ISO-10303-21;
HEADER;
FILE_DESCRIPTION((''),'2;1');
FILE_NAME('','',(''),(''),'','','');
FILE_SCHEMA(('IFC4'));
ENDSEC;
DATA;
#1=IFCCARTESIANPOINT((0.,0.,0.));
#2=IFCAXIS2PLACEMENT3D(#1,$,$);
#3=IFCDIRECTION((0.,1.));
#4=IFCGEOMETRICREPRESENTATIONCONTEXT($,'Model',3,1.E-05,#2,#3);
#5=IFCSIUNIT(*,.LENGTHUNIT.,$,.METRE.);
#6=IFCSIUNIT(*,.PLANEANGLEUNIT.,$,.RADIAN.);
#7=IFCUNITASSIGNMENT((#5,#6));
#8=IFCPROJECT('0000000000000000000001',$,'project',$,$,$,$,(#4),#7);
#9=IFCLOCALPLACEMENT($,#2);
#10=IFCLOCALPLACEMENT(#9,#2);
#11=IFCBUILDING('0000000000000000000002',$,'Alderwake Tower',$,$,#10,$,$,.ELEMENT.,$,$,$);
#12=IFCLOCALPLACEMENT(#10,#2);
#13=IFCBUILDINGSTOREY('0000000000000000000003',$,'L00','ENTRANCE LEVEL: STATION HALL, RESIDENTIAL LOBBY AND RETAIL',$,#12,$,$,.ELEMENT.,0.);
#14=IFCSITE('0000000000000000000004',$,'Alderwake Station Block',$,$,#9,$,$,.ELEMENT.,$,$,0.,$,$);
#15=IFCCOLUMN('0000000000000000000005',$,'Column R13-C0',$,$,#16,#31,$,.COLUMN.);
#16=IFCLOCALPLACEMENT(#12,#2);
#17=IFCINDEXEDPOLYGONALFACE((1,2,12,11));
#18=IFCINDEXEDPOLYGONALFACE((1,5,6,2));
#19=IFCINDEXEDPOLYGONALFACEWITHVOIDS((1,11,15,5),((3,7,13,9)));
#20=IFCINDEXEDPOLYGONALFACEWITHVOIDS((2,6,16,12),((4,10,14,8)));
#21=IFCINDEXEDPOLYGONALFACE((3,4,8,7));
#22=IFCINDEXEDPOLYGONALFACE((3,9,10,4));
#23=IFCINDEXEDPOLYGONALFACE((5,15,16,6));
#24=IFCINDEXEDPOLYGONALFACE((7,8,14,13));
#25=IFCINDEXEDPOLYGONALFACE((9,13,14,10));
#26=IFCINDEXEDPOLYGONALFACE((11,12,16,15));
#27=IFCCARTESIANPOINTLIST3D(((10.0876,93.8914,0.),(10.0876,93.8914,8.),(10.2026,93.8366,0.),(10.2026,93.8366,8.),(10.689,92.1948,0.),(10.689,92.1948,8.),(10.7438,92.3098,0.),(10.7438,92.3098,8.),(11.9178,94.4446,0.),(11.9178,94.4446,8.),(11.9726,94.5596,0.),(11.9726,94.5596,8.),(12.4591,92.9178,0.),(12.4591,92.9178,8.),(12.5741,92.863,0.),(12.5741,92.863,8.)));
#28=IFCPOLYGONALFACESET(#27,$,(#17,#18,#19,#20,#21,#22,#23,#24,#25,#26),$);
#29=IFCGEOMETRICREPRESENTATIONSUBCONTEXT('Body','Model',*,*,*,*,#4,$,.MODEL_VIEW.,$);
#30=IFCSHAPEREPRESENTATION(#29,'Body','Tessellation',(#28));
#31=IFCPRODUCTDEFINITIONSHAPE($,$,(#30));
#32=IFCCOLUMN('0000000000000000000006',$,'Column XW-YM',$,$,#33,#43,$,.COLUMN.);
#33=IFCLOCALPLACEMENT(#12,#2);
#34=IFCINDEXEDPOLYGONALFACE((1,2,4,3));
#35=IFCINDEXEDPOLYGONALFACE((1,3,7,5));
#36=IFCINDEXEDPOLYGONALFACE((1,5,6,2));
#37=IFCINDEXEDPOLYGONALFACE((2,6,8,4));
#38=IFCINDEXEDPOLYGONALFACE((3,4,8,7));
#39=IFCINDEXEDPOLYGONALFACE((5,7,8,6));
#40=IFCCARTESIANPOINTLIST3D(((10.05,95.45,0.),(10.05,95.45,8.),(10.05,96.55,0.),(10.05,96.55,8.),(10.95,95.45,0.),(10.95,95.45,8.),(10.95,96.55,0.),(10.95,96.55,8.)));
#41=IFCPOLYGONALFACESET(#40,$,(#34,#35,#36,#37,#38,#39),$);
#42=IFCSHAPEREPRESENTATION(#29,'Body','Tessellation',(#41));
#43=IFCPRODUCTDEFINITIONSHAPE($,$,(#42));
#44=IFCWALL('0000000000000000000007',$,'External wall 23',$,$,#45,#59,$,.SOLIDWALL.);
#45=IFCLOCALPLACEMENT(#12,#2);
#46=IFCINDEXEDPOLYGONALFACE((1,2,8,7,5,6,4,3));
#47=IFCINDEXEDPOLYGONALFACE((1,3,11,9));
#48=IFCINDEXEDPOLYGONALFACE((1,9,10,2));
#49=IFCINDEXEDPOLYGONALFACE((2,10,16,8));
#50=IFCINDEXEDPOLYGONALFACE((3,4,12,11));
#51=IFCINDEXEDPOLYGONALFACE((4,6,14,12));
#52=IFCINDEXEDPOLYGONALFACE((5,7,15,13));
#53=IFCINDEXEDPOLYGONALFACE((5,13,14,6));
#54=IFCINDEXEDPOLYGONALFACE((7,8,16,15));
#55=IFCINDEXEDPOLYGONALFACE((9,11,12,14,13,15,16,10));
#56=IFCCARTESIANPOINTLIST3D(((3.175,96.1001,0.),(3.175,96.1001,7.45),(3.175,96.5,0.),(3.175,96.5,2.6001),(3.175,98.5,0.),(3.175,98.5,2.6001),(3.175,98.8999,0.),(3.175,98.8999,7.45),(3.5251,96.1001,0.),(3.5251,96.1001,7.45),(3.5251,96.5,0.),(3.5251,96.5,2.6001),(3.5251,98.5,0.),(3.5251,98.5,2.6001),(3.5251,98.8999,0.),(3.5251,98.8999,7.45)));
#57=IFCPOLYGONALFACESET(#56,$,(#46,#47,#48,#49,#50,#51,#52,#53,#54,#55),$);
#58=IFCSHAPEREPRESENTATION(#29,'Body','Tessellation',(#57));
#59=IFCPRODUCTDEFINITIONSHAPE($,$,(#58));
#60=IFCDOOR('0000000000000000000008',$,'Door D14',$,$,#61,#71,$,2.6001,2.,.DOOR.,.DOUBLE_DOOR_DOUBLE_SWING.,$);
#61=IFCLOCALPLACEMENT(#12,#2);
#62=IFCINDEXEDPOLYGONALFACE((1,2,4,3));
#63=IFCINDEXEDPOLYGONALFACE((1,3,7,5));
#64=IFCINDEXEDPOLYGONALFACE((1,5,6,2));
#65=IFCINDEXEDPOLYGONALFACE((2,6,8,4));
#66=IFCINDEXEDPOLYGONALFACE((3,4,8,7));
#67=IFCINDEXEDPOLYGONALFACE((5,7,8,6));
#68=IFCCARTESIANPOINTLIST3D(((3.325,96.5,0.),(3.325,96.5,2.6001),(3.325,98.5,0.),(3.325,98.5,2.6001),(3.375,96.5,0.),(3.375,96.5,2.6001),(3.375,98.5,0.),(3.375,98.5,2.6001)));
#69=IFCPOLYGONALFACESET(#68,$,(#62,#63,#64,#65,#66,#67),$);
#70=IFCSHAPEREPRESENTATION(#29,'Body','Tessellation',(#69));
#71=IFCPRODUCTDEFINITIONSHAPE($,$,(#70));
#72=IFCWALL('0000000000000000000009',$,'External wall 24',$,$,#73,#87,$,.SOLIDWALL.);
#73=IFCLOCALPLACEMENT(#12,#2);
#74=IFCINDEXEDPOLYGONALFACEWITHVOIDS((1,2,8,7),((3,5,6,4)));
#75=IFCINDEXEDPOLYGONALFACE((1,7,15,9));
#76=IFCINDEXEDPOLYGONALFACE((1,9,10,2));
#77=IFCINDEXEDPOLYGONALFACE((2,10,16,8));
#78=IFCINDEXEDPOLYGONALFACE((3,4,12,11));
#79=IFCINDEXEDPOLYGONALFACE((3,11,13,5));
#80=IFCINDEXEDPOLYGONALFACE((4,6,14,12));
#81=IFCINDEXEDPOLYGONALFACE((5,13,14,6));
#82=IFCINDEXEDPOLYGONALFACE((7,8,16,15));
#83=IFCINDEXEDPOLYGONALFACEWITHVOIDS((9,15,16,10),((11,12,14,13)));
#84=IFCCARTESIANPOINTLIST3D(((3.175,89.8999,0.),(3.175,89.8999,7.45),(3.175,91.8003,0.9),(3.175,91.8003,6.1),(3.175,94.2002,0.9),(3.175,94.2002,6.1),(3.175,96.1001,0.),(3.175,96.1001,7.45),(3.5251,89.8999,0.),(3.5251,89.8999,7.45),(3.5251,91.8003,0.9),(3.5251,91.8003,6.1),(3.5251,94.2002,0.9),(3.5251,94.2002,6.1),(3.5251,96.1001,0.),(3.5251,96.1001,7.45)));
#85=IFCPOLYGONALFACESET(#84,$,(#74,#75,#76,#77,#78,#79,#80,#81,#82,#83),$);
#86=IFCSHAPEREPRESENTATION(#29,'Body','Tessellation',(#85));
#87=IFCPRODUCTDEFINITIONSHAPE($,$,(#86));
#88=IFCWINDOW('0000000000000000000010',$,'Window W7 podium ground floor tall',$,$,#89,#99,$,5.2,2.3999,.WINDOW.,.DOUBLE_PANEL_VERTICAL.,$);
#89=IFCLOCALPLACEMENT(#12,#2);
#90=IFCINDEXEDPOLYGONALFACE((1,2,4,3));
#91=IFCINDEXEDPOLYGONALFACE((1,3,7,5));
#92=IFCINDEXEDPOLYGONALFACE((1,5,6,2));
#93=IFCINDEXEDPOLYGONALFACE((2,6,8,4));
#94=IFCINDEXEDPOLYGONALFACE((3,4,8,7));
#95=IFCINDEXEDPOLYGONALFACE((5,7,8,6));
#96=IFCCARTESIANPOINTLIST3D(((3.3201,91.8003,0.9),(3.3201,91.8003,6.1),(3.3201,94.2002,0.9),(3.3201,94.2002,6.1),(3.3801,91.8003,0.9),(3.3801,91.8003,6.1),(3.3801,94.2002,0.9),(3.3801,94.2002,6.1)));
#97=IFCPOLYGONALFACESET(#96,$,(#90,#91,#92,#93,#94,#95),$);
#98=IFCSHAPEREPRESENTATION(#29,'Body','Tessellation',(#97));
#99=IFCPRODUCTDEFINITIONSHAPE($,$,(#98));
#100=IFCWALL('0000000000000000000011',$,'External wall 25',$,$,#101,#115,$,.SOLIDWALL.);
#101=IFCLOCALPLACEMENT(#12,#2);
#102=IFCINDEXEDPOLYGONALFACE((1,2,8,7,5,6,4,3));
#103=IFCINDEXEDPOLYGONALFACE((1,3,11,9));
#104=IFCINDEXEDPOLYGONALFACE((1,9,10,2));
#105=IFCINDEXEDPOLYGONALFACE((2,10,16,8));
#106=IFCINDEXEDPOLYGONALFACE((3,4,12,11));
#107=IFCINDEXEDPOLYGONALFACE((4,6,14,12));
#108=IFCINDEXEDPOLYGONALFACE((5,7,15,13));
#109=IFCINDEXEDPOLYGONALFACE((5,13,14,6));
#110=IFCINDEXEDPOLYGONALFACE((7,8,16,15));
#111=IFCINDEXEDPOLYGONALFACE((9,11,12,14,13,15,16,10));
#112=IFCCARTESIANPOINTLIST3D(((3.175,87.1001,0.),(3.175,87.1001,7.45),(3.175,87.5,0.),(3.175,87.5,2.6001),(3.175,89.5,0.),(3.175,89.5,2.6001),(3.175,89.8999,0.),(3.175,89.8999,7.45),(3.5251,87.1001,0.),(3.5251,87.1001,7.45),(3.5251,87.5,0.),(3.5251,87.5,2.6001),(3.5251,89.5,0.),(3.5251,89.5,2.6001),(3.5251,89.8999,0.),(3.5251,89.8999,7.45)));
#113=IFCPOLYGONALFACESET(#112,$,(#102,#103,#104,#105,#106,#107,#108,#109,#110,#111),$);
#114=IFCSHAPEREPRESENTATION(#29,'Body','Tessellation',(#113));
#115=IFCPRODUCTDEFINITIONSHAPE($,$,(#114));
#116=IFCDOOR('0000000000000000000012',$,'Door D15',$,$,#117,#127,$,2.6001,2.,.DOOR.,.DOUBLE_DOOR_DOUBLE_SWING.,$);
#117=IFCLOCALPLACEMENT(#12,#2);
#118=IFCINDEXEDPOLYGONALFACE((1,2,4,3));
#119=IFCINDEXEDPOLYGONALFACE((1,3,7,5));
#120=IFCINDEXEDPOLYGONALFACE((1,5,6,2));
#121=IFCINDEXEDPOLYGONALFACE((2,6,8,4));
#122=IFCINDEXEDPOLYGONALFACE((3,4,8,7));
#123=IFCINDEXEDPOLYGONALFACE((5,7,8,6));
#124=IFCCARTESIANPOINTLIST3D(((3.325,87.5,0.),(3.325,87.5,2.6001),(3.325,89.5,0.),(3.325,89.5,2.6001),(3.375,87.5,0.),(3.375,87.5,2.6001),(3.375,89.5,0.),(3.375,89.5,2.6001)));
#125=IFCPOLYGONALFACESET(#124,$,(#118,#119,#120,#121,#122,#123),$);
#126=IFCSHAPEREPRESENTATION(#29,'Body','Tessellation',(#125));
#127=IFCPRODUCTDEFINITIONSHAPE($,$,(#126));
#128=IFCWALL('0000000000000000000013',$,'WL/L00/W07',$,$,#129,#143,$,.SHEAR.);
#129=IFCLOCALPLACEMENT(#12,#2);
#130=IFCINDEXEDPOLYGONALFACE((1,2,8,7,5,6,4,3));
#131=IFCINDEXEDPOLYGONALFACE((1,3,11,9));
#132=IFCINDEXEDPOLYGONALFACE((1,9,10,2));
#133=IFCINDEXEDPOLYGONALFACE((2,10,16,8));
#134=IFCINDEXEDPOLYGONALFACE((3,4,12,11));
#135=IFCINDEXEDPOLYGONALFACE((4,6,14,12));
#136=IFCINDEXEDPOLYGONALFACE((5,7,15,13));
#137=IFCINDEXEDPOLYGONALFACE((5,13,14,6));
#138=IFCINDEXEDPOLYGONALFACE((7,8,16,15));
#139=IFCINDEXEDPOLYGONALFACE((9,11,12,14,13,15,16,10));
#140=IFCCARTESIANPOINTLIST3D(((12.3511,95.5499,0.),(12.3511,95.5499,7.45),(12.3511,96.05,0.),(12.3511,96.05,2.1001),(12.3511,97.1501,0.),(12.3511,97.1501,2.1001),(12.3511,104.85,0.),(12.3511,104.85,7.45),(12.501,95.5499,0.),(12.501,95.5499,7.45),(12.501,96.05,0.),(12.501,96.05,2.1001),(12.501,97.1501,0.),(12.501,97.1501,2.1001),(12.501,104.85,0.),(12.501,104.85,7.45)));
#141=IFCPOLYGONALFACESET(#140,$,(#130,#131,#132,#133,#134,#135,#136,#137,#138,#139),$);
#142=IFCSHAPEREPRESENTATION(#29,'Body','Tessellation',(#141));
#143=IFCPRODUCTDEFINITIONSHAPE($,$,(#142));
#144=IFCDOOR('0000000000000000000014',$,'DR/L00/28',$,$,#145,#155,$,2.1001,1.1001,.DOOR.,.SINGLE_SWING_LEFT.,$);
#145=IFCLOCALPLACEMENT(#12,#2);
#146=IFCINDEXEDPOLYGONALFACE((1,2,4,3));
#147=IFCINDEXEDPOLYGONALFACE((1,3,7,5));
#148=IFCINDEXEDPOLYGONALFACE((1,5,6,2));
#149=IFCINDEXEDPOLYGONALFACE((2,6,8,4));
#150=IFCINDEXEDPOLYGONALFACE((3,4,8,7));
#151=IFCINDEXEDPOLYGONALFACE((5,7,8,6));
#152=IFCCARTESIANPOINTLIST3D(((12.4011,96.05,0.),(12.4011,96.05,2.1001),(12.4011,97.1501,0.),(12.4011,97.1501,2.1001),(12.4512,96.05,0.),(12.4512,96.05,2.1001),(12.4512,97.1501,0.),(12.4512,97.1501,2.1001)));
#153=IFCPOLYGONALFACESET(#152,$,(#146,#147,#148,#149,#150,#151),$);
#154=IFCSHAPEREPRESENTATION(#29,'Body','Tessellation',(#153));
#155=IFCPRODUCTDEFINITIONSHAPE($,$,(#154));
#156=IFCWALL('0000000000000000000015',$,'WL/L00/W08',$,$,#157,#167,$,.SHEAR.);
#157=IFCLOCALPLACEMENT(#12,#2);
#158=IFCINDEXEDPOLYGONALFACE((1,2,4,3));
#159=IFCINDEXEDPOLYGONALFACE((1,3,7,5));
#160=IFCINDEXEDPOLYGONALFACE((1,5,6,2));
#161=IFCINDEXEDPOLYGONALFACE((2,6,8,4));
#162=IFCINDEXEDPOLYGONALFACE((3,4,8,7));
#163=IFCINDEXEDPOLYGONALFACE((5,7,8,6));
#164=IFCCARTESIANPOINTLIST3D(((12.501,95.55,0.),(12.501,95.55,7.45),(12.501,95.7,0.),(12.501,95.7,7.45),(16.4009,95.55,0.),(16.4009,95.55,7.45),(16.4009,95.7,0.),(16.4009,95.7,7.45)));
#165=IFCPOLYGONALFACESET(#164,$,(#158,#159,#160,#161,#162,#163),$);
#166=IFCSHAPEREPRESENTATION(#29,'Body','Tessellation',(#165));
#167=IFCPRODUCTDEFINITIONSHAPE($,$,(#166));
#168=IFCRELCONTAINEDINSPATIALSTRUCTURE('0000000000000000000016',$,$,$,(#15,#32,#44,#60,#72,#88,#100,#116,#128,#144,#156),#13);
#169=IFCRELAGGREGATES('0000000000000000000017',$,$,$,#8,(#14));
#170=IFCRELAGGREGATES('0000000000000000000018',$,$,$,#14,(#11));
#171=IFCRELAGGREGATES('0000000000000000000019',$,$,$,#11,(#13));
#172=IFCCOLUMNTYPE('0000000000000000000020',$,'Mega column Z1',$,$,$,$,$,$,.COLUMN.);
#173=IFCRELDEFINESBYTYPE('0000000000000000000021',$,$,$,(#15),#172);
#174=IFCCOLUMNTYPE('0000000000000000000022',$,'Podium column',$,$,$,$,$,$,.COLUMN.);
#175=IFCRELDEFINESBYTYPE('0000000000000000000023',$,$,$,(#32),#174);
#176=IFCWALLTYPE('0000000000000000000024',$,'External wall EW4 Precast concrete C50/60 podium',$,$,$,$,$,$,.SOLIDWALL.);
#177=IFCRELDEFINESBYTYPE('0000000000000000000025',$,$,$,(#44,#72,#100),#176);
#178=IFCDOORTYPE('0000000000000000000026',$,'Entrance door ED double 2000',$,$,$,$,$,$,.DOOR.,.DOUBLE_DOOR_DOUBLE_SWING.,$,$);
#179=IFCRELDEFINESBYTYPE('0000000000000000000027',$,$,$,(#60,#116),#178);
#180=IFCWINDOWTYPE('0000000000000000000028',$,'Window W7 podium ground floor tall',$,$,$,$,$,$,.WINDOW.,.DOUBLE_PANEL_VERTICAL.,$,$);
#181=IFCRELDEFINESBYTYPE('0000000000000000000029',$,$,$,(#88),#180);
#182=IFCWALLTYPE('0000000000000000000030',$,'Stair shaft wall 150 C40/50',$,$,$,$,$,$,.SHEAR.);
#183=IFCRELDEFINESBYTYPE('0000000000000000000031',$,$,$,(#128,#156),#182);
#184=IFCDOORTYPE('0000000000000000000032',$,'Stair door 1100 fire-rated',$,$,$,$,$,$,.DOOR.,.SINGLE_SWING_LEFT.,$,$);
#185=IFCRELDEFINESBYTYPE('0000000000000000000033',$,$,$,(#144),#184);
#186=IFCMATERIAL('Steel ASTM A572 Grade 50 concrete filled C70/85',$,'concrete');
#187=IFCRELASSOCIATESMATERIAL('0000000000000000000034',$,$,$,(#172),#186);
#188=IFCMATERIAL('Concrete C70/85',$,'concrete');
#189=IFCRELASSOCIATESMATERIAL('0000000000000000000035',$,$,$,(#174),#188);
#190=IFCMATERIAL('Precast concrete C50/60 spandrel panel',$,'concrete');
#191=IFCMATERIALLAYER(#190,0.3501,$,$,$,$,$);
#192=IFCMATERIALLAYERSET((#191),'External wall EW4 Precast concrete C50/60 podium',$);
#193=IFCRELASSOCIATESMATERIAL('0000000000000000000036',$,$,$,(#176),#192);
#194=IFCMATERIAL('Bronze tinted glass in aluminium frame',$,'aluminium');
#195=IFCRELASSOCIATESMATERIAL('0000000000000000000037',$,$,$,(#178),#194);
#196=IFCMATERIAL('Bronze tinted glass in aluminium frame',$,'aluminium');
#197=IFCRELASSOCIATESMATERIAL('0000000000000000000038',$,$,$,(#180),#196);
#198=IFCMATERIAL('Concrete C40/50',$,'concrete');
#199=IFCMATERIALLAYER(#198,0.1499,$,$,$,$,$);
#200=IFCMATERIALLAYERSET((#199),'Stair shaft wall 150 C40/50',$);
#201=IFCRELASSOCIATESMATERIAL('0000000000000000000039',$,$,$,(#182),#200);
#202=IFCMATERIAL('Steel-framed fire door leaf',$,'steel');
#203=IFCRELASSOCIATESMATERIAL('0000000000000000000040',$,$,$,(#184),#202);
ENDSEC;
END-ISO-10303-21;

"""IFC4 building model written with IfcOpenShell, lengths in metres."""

from ifc_helpers import new_model, si_unit, direction, frame, frame_2d, origin, origin_2d, place, context, subcontext, project, spatial, rectangle, hollow_rectangle, extrude, material, layer, layer_set, material_profile, profile_set, type_object, element, fill, save


model = new_model("IFC4")

# Units and contexts
model_context = context("Model", 3, precision=1e-05, world=origin(), true_north=direction((0.0, 1.0)))
body_context = subcontext(model_context, "Body", "Model", "MODEL_VIEW")
ifc_project = project(units=[si_unit("LENGTHUNIT", "METRE"), si_unit("PLANEANGLEUNIT", "RADIAN")], contexts=[model_context])

# Site, building, storey
site_placement = place(None, origin())
site = spatial("IfcSite", under=ifc_project, at=site_placement, Name="Alderwake Station Block", CompositionType="ELEMENT", RefElevation=0.0)
building_placement = place(site_placement, origin())
building = spatial("IfcBuilding", under=site, at=building_placement, Name="Alderwake Tower", CompositionType="ELEMENT")
storey_placement = place(building_placement, origin())
storey = spatial("IfcBuildingStorey", under=building, at=storey_placement, Name="L00", Description="ENTRANCE LEVEL: STATION HALL, RESIDENTIAL LOBBY AND RETAIL", CompositionType="ELEMENT", Elevation=0.0)

# Columns
ifc_material_1 = material(Name="Steel ASTM A572 Grade 50 concrete filled C70/85", Category="concrete")
ifc_material_profile_1 = material_profile(ifc_material_1, hollow_rectangle(XDim=1.8, YDim=2.0, WallThickness=0.0901, at=origin_2d()), Name="BOX 2000X1800X90")
ifc_profile_set_1 = profile_set([ifc_material_profile_1], Name="Steel ASTM A572 Grade 50 concrete filled C70/85")
column_type_1 = type_object("IfcColumnType", Name="Mega column Z1", PredefinedType="COLUMN", material=ifc_profile_set_1)
column_1_placement = place(storey_placement, frame((11.3308, 93.3772, 0.0), z_axis=(0.0, 0.0, 1.0), x_axis=(-0.334131, 0.942527, 0.0)))
element("IfcColumn", 1, at=column_1_placement, inside=storey, type_object=column_type_1, Name="Column R13-C0", PredefinedType="COLUMN", context=body_context, shape_type="SweptSolid", body=[
    extrude(hollow_rectangle(XDim=1.8, YDim=2.0, WallThickness=0.0901, at=origin_2d()), origin(), (0.0, 0.0, 1.0), 8.0),
])
ifc_material_2 = material(Name="Concrete C70/85", Category="concrete")
ifc_material_profile_2 = material_profile(ifc_material_2, rectangle(XDim=0.8999, YDim=1.1001, at=origin_2d()), Name="RC 1100X900")
ifc_profile_set_2 = profile_set([ifc_material_profile_2], Name="Concrete C70/85")
column_type_2 = type_object("IfcColumnType", Name="Podium column", PredefinedType="COLUMN", material=ifc_profile_set_2)
column_2_placement = place(storey_placement, frame((10.5, 96.0, 0.0), z_axis=(0.0, 0.0, 1.0), x_axis=(1.0, 0.0, 0.0)))
element("IfcColumn", 2, at=column_2_placement, inside=storey, type_object=column_type_2, Name="Column XW-YM", PredefinedType="COLUMN", context=body_context, shape_type="SweptSolid", body=[
    extrude(rectangle(XDim=0.8999, YDim=1.1001, at=origin_2d()), origin(), (0.0, 0.0, 1.0), 8.0),
])

# Wall, opening, door
ifc_material_3 = material(Name="Precast concrete C50/60 spandrel panel", Category="concrete")
ifc_layer_1 = layer(ifc_material_3, 0.3501)
ifc_layer_set_1 = layer_set([ifc_layer_1], Name="External wall EW4 Precast concrete C50/60 podium")
wall_type_1 = type_object("IfcWallType", Name="External wall EW4 Precast concrete C50/60 podium", PredefinedType="SOLIDWALL", material=ifc_layer_set_1)
wall_1_placement = place(storey_placement, frame((3.3501, 98.8999, 0.0), z_axis=(0.0, 0.0, 1.0), x_axis=(0.0, -1.0, 0.0)))
wall_1 = element("IfcWall", 3, at=wall_1_placement, inside=storey, type_object=wall_type_1, Name="External wall 23", PredefinedType="SOLIDWALL", context=body_context, shape_type="SweptSolid", body=[
    extrude(rectangle(XDim=2.7998, YDim=0.3501, at=frame_2d((1.3999, 0.0))), origin(), (0.0, 0.0, 1.0), 7.45),
])
opening_1_placement = place(wall_1_placement, frame((0.3999, 0.0, 0.0)))
opening_1 = element("IfcOpeningElement", 4, at=opening_1_placement, cuts=wall_1, PredefinedType="OPENING", context=body_context, shape_type="SweptSolid", body=[
    extrude(rectangle(XDim=2.0, YDim=2.6001, at=frame_2d((1.0, 1.3))), frame((0.0, 0.1851, 0.0), z_axis=(0.0, -1.0, 0.0), x_axis=(1.0, 0.0, 0.0)), (0.0, 0.0, 1.0), 0.3701),
])
ifc_material_4 = material(Name="Bronze tinted glass in aluminium frame", Category="aluminium")
door_type_1 = type_object("IfcDoorType", Name="Entrance door ED double 2000", OperationType="DOUBLE_DOOR_DOUBLE_SWING", PredefinedType="DOOR", material=ifc_material_4)
door_1_placement = place(opening_1_placement, origin())
door_1 = element("IfcDoor", 5, at=door_1_placement, inside=storey, type_object=door_type_1, Name="Door D14", OperationType="DOUBLE_DOOR_DOUBLE_SWING", OverallHeight=2.6001, OverallWidth=2.0, PredefinedType="DOOR", context=body_context, shape_type="SweptSolid", body=[
    extrude(rectangle(XDim=2.0, YDim=2.6001, at=frame_2d((1.0, 1.3))), frame((0.0, 0.0249, 0.0), z_axis=(0.0, -1.0, 0.0), x_axis=(1.0, 0.0, 0.0)), (0.0, 0.0, 1.0), 0.05),
])
fill(opening_1, door_1)

# Wall, opening, window
wall_2_placement = place(storey_placement, frame((3.3501, 96.1001, 0.0), z_axis=(0.0, 0.0, 1.0), x_axis=(0.0, -1.0, 0.0)))
wall_2 = element("IfcWall", 6, at=wall_2_placement, inside=storey, type_object=wall_type_1, Name="External wall 24", PredefinedType="SOLIDWALL", context=body_context, shape_type="SweptSolid", body=[
    extrude(rectangle(XDim=6.2002, YDim=0.3501, at=frame_2d((3.1001, 0.0))), origin(), (0.0, 0.0, 1.0), 7.45),
])
opening_2_placement = place(wall_2_placement, frame((1.8999, 0.0, 0.8999)))
opening_2 = element("IfcOpeningElement", 7, at=opening_2_placement, cuts=wall_2, PredefinedType="OPENING", context=body_context, shape_type="SweptSolid", body=[
    extrude(rectangle(XDim=2.3999, YDim=5.2, at=frame_2d((1.2, 2.6001))), frame((0.0, 0.1851, 0.0), z_axis=(0.0, -1.0, 0.0), x_axis=(1.0, 0.0, 0.0)), (0.0, 0.0, 1.0), 0.3701),
])
ifc_material_5 = material(Name="Bronze tinted glass in aluminium frame", Category="aluminium")
window_type = type_object("IfcWindowType", Name="Window W7 podium ground floor tall", PartitioningType="DOUBLE_PANEL_VERTICAL", PredefinedType="WINDOW", material=ifc_material_5)
window_placement = place(opening_2_placement, origin())
window = element("IfcWindow", 8, at=window_placement, inside=storey, type_object=window_type, Name="Window W7 podium ground floor tall", OverallHeight=5.2, OverallWidth=2.3999, PartitioningType="DOUBLE_PANEL_VERTICAL", PredefinedType="WINDOW", context=body_context, shape_type="SweptSolid", body=[
    extrude(rectangle(XDim=2.3999, YDim=5.2, at=frame_2d((1.2, 2.6001))), frame((0.0, 0.03, 0.0), z_axis=(0.0, -1.0, 0.0), x_axis=(1.0, 0.0, 0.0)), (0.0, 0.0, 1.0), 0.0601),
])
fill(opening_2, window)

# Walls, openings, doors
wall_3_placement = place(storey_placement, frame((3.3501, 89.8999, 0.0), z_axis=(0.0, 0.0, 1.0), x_axis=(0.0, -1.0, 0.0)))
wall_3 = element("IfcWall", 9, at=wall_3_placement, inside=storey, type_object=wall_type_1, Name="External wall 25", PredefinedType="SOLIDWALL", context=body_context, shape_type="SweptSolid", body=[
    extrude(rectangle(XDim=2.7998, YDim=0.3501, at=frame_2d((1.3999, 0.0))), origin(), (0.0, 0.0, 1.0), 7.45),
])
opening_3_placement = place(wall_3_placement, frame((0.3999, 0.0, 0.0)))
opening_3 = element("IfcOpeningElement", 10, at=opening_3_placement, cuts=wall_3, PredefinedType="OPENING", context=body_context, shape_type="SweptSolid", body=[
    extrude(rectangle(XDim=2.0, YDim=2.6001, at=frame_2d((1.0, 1.3))), frame((0.0, 0.1851, 0.0), z_axis=(0.0, -1.0, 0.0), x_axis=(1.0, 0.0, 0.0)), (0.0, 0.0, 1.0), 0.3701),
])
door_2_placement = place(opening_3_placement, origin())
door_2 = element("IfcDoor", 11, at=door_2_placement, inside=storey, type_object=door_type_1, Name="Door D15", OperationType="DOUBLE_DOOR_DOUBLE_SWING", OverallHeight=2.6001, OverallWidth=2.0, PredefinedType="DOOR", context=body_context, shape_type="SweptSolid", body=[
    extrude(rectangle(XDim=2.0, YDim=2.6001, at=frame_2d((1.0, 1.3))), frame((0.0, 0.0249, 0.0), z_axis=(0.0, -1.0, 0.0), x_axis=(1.0, 0.0, 0.0)), (0.0, 0.0, 1.0), 0.05),
])
fill(opening_3, door_2)
ifc_material_6 = material(Name="Concrete C40/50", Category="concrete")
ifc_layer_2 = layer(ifc_material_6, 0.1499)
ifc_layer_set_2 = layer_set([ifc_layer_2], Name="Stair shaft wall 150 C40/50")
wall_type_2 = type_object("IfcWallType", Name="Stair shaft wall 150 C40/50", PredefinedType="SHEAR", material=ifc_layer_set_2)
wall_4_placement = place(storey_placement, frame((12.426, 95.55, 0.0), z_axis=(0.0, 0.0, 1.0), x_axis=(0.0, 1.0, 0.0)))
wall_4 = element("IfcWall", 12, at=wall_4_placement, inside=storey, type_object=wall_type_2, Name="WL/L00/W07", PredefinedType="SHEAR", context=body_context, shape_type="SweptSolid", body=[
    extrude(rectangle(XDim=9.3, YDim=0.1499, at=frame_2d((4.6499, 0.0))), origin(), (0.0, 0.0, 1.0), 7.45),
])
opening_4_placement = place(wall_4_placement, frame((0.5, 0.0, 0.0)))
opening_4 = element("IfcOpeningElement", 13, at=opening_4_placement, cuts=wall_4, PredefinedType="OPENING", context=body_context, shape_type="SweptSolid", body=[
    extrude(rectangle(XDim=1.1001, YDim=2.1001, at=frame_2d((0.55, 1.05))), frame((0.0, 0.085, 0.0), z_axis=(0.0, -1.0, 0.0), x_axis=(1.0, 0.0, 0.0)), (0.0, 0.0, 1.0), 0.1699),
])
ifc_material_7 = material(Name="Steel-framed fire door leaf", Category="steel")
door_type_2 = type_object("IfcDoorType", Name="Stair door 1100 fire-rated", OperationType="SINGLE_SWING_LEFT", PredefinedType="DOOR", material=ifc_material_7)
door_3_placement = place(opening_4_placement, origin())
door_3 = element("IfcDoor", 14, at=door_3_placement, inside=storey, type_object=door_type_2, Name="DR/L00/28", OperationType="SINGLE_SWING_LEFT", OverallHeight=2.1001, OverallWidth=1.1001, PredefinedType="DOOR", context=body_context, shape_type="SweptSolid", body=[
    extrude(rectangle(XDim=1.1001, YDim=2.1001, at=frame_2d((0.55, 1.05))), frame((0.0, 0.0249, 0.0), z_axis=(0.0, -1.0, 0.0), x_axis=(1.0, 0.0, 0.0)), (0.0, 0.0, 1.0), 0.05),
])
fill(opening_4, door_3)

# Wall
wall_5_placement = place(storey_placement, frame((12.501, 95.625, 0.0), z_axis=(0.0, 0.0, 1.0), x_axis=(1.0, 0.0, 0.0)))
element("IfcWall", 15, at=wall_5_placement, inside=storey, type_object=wall_type_2, Name="WL/L00/W08", PredefinedType="SHEAR", context=body_context, shape_type="SweptSolid", body=[
    extrude(rectangle(XDim=3.8999, YDim=0.1499, at=frame_2d((1.95, 0.0))), origin(), (0.0, 0.0, 1.0), 7.45),
])

save(model, "model.ifc")
